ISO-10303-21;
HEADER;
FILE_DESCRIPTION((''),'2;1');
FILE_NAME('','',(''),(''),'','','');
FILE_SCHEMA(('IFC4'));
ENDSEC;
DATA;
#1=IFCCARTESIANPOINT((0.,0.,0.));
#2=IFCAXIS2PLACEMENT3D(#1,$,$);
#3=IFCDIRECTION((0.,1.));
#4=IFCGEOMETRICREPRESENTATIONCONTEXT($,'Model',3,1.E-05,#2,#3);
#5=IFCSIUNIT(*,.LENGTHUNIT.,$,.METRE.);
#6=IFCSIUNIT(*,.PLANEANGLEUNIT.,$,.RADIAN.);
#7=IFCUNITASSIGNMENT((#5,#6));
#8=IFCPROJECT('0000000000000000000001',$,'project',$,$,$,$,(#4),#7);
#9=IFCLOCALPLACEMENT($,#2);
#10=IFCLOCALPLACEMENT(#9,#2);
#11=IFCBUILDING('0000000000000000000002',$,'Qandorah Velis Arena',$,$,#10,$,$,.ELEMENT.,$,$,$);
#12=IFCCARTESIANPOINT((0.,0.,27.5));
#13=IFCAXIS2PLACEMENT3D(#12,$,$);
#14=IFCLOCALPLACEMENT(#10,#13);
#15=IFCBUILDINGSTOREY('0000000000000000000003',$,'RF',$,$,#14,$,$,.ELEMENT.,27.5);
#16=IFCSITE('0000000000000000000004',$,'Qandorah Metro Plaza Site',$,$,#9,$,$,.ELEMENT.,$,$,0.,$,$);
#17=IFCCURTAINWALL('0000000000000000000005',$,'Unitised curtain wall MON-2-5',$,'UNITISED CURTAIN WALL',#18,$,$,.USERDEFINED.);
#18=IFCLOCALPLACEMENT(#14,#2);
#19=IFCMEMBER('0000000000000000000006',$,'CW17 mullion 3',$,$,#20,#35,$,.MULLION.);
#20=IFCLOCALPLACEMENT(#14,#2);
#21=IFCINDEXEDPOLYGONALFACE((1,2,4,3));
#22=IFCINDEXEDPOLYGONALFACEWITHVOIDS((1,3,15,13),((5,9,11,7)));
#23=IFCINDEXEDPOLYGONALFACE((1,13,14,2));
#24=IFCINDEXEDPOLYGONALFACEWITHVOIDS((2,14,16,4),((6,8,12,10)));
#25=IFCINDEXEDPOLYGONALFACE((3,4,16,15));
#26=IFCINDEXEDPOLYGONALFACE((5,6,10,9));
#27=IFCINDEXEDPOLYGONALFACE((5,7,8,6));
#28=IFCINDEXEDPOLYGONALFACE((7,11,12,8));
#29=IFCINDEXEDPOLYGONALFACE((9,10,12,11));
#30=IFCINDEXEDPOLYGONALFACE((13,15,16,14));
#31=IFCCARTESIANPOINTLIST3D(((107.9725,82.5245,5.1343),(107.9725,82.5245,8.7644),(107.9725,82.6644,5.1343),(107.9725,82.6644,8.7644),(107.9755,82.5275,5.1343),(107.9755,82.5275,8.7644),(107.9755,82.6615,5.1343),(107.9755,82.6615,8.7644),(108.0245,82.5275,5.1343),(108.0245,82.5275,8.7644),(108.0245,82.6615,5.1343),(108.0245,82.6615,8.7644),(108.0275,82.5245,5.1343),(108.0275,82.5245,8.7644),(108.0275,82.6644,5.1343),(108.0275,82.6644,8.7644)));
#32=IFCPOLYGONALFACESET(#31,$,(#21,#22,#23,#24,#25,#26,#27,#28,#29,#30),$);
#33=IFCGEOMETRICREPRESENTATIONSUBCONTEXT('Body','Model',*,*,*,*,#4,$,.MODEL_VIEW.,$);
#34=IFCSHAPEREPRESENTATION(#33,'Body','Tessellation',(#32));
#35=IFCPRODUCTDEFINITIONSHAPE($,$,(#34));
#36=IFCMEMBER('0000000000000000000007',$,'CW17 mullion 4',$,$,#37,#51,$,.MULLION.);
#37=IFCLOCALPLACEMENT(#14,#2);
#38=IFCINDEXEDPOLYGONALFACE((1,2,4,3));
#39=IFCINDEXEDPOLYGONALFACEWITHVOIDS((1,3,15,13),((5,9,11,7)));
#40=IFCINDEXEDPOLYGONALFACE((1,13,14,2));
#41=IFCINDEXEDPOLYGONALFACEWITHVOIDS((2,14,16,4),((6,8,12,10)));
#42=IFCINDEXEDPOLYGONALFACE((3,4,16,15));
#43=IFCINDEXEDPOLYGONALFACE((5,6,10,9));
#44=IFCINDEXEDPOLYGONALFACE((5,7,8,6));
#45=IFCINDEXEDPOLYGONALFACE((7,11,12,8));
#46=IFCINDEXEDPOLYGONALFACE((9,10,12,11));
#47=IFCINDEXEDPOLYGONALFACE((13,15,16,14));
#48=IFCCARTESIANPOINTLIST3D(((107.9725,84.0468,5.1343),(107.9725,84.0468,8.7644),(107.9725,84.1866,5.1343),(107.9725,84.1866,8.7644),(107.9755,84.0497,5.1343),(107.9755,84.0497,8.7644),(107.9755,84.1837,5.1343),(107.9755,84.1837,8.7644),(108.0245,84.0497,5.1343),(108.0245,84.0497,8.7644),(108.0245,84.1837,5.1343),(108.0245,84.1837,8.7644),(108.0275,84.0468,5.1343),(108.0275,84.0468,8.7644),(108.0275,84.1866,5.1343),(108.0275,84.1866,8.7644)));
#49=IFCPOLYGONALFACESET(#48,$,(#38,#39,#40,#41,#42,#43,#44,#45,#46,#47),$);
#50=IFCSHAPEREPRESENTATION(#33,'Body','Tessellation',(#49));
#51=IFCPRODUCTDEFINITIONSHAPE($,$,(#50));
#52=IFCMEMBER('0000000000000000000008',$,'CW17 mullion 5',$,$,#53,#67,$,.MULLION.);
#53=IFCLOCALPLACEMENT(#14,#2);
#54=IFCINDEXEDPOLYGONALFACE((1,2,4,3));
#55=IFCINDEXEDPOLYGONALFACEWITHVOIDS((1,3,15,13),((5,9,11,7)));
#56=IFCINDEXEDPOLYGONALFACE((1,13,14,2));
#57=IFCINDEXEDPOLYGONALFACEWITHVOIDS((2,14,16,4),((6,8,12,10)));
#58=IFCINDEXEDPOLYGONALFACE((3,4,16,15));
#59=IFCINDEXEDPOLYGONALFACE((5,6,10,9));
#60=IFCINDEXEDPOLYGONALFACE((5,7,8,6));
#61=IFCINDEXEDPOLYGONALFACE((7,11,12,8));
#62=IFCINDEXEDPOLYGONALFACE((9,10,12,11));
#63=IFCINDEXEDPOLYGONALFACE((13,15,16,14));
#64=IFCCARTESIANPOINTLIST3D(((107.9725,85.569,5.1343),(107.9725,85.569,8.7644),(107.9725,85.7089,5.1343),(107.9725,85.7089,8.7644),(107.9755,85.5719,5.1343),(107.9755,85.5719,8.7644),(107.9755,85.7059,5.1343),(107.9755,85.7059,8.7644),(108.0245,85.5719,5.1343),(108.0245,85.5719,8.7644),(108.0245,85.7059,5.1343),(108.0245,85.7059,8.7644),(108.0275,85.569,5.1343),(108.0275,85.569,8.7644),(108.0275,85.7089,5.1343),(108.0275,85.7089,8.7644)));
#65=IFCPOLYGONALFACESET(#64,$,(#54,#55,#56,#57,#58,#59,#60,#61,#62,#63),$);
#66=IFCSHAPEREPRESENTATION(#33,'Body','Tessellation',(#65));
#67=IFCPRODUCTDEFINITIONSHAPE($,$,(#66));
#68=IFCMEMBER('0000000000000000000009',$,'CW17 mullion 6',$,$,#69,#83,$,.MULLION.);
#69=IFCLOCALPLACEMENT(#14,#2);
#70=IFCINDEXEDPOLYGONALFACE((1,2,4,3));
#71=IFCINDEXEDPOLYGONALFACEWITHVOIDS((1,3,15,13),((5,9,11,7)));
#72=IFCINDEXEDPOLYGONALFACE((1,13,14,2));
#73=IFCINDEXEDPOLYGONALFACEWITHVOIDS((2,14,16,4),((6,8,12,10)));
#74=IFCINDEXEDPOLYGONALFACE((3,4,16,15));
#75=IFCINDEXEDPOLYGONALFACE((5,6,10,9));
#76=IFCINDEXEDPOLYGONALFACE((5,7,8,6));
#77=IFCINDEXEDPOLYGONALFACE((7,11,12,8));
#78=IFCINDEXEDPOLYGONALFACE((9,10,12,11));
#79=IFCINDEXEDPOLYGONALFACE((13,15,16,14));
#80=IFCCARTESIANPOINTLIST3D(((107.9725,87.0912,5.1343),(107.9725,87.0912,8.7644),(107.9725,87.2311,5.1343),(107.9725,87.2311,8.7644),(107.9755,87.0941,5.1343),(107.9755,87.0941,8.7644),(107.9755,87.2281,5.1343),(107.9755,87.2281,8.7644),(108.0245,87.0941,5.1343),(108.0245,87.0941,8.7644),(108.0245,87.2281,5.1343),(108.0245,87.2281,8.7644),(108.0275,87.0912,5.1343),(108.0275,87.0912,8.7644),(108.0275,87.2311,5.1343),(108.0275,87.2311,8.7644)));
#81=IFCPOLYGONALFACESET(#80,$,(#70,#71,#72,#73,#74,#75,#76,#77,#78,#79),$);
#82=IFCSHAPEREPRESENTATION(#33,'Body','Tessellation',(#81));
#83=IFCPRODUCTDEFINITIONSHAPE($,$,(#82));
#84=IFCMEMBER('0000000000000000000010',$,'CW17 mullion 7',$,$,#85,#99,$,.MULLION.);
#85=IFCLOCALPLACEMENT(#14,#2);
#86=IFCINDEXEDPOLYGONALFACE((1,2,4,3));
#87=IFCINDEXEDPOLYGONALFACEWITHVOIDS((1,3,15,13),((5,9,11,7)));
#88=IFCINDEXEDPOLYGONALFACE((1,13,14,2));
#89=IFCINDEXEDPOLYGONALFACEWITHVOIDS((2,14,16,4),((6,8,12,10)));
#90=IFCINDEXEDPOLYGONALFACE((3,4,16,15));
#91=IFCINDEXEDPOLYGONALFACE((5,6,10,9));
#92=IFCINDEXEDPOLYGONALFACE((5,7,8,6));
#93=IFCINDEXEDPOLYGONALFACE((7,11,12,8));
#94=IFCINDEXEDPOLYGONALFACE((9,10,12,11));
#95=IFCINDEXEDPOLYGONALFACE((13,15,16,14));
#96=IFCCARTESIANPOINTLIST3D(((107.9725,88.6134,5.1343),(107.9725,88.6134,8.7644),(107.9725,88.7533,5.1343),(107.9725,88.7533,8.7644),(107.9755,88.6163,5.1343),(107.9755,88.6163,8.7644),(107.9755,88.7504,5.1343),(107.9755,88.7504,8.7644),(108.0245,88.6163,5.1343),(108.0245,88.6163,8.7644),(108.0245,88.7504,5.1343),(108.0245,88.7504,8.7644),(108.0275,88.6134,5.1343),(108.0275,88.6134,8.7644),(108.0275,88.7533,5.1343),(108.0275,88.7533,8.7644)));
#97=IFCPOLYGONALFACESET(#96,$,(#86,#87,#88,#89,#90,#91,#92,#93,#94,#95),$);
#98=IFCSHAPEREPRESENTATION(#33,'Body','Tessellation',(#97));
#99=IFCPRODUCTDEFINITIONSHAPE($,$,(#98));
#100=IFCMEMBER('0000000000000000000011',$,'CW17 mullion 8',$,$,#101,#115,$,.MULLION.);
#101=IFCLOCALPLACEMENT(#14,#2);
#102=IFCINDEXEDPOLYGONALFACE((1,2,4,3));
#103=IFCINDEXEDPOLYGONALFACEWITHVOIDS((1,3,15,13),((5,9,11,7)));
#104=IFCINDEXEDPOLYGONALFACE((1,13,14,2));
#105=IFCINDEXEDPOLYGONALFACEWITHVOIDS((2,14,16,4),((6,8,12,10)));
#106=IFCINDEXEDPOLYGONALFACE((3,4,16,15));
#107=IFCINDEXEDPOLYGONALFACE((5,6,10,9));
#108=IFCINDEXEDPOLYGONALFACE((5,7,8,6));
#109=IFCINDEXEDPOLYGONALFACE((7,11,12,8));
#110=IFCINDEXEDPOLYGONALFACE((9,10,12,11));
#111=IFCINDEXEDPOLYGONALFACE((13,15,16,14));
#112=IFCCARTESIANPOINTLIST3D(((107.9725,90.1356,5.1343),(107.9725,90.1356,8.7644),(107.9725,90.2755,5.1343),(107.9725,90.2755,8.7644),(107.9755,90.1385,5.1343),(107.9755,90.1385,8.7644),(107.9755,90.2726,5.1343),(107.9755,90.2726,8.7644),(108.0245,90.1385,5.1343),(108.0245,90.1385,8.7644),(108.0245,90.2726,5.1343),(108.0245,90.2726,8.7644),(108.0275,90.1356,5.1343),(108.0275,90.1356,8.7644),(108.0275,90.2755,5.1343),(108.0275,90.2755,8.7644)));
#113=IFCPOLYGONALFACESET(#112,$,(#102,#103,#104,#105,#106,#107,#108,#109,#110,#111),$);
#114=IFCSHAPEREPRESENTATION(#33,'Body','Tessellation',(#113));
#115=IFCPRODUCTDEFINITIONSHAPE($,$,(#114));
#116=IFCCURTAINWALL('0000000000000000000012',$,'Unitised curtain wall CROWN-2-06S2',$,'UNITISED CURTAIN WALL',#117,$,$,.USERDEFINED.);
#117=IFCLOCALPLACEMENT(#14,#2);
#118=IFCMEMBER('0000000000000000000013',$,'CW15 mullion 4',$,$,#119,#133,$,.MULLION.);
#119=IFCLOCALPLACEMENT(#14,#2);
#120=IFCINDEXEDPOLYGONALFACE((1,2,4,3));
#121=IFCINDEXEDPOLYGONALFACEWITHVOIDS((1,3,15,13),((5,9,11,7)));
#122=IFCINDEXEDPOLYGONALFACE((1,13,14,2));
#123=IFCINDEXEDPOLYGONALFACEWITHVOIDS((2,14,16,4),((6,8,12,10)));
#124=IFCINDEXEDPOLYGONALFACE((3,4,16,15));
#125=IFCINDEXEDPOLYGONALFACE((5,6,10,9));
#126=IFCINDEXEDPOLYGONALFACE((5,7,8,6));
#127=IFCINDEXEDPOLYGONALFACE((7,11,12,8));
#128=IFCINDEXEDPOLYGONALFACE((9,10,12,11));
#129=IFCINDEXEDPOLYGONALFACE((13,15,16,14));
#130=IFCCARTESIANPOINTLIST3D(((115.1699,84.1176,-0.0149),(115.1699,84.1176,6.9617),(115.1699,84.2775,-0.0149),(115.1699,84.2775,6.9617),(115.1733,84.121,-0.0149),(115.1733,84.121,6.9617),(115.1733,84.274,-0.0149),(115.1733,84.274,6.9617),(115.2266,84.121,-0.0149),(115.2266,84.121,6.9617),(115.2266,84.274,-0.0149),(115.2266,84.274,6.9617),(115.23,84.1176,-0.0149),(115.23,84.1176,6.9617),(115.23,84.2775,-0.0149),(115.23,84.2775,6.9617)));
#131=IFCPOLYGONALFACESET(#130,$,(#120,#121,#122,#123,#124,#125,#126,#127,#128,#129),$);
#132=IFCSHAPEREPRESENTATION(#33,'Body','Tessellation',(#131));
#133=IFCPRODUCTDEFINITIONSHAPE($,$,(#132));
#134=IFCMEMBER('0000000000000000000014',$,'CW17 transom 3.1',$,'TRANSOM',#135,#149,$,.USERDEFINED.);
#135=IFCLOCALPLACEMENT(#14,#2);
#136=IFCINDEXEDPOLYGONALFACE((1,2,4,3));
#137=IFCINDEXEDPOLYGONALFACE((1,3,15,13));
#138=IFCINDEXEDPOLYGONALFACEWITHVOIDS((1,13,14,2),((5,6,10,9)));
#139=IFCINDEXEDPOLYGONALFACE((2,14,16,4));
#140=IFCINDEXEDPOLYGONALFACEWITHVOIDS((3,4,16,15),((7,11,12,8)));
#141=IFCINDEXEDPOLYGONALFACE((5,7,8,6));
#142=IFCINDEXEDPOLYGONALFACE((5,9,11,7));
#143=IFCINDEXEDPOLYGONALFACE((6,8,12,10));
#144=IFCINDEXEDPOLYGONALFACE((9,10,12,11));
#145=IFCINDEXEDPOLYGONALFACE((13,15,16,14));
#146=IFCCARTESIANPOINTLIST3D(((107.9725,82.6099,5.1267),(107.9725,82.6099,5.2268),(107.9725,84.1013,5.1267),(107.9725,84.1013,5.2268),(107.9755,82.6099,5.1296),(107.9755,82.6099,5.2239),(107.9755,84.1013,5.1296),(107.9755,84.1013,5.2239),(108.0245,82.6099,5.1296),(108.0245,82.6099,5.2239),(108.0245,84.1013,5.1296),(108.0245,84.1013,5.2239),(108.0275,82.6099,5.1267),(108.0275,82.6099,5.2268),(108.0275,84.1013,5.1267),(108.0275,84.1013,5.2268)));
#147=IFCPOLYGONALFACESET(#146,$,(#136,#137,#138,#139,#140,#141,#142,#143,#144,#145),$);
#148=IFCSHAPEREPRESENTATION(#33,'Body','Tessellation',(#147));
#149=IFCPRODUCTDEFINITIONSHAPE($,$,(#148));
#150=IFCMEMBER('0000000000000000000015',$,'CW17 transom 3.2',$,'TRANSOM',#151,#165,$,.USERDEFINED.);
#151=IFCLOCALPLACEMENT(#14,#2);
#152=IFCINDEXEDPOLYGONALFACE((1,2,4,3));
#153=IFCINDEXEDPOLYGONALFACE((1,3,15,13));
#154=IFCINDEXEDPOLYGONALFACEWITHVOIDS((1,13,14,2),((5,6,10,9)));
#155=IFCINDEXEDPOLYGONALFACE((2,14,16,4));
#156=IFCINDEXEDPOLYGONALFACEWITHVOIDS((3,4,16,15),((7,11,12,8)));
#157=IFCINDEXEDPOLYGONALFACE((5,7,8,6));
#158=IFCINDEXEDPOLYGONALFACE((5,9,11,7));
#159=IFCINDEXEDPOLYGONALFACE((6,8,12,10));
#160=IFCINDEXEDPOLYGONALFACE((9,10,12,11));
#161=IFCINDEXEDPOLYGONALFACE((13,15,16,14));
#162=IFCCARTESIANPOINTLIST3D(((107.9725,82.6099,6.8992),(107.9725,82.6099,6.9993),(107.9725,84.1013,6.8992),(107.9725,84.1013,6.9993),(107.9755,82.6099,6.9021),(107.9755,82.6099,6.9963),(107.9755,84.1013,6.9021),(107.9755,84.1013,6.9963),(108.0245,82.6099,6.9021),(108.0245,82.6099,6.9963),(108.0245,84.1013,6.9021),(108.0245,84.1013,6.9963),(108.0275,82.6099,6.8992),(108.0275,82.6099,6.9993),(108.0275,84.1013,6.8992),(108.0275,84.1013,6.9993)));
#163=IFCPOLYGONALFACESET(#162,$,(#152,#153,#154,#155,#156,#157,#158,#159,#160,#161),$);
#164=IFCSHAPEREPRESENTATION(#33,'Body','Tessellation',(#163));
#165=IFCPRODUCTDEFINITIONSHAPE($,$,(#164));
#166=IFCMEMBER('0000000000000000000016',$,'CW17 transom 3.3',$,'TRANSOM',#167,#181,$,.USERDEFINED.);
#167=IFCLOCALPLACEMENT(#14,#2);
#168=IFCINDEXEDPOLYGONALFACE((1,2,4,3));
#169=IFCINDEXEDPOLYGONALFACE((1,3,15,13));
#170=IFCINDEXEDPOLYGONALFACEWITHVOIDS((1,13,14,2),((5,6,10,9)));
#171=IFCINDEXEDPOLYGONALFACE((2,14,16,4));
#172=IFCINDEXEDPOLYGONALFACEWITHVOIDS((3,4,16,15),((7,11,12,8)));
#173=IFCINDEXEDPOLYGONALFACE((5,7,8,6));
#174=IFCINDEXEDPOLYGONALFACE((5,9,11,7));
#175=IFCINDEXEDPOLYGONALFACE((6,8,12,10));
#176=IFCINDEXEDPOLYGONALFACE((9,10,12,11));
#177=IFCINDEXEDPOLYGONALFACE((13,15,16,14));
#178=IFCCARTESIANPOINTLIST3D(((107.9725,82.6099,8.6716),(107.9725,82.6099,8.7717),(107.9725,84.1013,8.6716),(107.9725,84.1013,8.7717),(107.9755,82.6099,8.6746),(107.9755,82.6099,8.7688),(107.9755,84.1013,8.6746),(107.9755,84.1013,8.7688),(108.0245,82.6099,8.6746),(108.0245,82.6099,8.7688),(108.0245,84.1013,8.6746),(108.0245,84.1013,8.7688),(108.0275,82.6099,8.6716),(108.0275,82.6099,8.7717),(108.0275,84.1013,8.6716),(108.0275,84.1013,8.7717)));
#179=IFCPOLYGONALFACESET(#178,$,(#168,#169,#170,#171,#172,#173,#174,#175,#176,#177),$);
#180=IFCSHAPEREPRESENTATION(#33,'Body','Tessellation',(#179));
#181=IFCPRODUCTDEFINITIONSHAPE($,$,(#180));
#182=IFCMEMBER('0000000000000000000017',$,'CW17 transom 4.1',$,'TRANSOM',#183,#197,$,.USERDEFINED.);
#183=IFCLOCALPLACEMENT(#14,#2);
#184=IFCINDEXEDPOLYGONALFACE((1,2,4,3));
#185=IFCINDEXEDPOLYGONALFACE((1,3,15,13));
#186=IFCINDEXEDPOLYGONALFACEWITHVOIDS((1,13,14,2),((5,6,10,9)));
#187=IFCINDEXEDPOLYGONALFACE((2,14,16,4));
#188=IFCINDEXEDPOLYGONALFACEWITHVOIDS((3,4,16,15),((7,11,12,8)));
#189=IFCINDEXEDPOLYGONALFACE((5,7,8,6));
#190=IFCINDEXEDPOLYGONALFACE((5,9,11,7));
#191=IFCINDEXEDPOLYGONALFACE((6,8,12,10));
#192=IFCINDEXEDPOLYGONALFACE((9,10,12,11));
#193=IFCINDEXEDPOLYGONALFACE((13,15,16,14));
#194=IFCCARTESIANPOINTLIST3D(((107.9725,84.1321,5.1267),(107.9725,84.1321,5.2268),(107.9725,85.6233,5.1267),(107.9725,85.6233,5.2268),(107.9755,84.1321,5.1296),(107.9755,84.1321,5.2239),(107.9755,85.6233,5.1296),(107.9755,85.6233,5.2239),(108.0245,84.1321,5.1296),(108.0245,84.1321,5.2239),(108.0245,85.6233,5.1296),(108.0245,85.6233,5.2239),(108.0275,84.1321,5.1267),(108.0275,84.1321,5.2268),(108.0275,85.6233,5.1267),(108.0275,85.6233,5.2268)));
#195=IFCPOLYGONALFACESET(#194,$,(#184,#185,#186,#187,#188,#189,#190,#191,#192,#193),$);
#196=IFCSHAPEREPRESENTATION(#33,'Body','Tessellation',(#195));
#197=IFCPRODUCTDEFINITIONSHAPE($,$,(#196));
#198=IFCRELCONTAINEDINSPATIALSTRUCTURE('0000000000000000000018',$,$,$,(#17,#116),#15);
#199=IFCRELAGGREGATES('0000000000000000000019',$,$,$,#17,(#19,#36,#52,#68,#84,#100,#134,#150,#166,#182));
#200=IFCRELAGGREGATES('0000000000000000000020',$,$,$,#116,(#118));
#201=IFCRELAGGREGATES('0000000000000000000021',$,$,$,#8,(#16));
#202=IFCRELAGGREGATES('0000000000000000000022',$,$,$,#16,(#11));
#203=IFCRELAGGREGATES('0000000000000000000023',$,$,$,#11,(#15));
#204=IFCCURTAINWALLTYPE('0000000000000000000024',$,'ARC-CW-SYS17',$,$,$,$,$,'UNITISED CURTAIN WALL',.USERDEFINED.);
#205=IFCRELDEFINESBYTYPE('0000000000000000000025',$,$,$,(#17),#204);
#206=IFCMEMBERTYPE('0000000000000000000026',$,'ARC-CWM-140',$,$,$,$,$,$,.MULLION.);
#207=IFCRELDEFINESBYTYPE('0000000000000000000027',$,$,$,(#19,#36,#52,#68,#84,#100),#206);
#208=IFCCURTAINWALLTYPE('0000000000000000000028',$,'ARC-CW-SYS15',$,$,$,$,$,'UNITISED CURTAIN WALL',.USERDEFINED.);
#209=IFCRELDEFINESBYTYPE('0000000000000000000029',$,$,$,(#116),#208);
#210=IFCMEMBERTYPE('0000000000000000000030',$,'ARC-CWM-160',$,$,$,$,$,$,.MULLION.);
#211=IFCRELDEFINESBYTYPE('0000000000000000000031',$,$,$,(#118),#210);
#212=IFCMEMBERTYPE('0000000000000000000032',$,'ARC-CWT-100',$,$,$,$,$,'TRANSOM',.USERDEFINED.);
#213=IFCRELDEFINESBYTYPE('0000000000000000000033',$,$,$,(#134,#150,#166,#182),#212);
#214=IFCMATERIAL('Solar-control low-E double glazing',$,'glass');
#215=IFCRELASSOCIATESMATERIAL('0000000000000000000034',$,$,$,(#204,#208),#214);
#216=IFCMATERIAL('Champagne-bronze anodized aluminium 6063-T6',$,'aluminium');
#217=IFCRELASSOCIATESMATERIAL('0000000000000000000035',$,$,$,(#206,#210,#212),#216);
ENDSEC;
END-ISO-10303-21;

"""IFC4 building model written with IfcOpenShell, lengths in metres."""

from ifc_helpers import new_model, si_unit, direction, frame, origin, origin_2d, place, context, subcontext, project, spatial, hollow_rectangle, extrude, material, material_profile, profile_set, type_object, element, aggregate, save


model = new_model("IFC4")

# Units and contexts
model_context = context("Model", 3, precision=1e-05, world=origin(), true_north=direction((0.0, 1.0)))
body_context = subcontext(model_context, "Body", "Model", "MODEL_VIEW")
ifc_project = project(units=[si_unit("LENGTHUNIT", "METRE"), si_unit("PLANEANGLEUNIT", "RADIAN")], contexts=[model_context])

# Site, building, storey
site_placement = place(None, origin())
site = spatial("IfcSite", under=ifc_project, at=site_placement, Name="Qandorah Metro Plaza Site", CompositionType="ELEMENT", RefElevation=0.0)
building_placement = place(site_placement, origin())
building = spatial("IfcBuilding", under=site, at=building_placement, Name="Qandorah Velis Arena", CompositionType="ELEMENT")
storey_placement = place(building_placement, frame((0.0, 0.0, 27.5)))
storey = spatial("IfcBuildingStorey", under=building, at=storey_placement, Name="RF", CompositionType="ELEMENT", Elevation=27.5)

# Curtain wall, members
ifc_material_1 = material(Name="Solar-control low-E double glazing", Category="glass")
curtain_wall_type_1 = type_object("IfcCurtainWallType", Name="ARC-CW-SYS17", ElementType="UNITISED CURTAIN WALL", PredefinedType="USERDEFINED", material=ifc_material_1)
curtain_wall_1_placement = place(storey_placement, origin())
curtain_wall_1 = element("IfcCurtainWall", 1, at=curtain_wall_1_placement, inside=storey, type_object=curtain_wall_type_1, Name="Unitised curtain wall MON-2-5", ObjectType="UNITISED CURTAIN WALL", PredefinedType="USERDEFINED")
ifc_material_2 = material(Name="Champagne-bronze anodized aluminium 6063-T6", Category="aluminium")
ifc_material_profile_1 = material_profile(ifc_material_2, hollow_rectangle(XDim=0.0549, YDim=0.1399, WallThickness=0.0029, at=origin_2d()), Name="ALU MULLION 55x140")
ifc_profile_set_1 = profile_set([ifc_material_profile_1], Name="Champagne-bronze anodized aluminium 6063-T6")
member_type_1 = type_object("IfcMemberType", Name="ARC-CWM-140", PredefinedType="MULLION", material=ifc_profile_set_1)
member_1_placement = place(storey_placement, frame((108.0, 82.5945, 5.1343), z_axis=(0.0, 0.0, 1.0), x_axis=(-1.0, 0.0, 0.0)))
member_1 = element("IfcMember", 2, at=member_1_placement, type_object=member_type_1, Name="CW17 mullion 3", PredefinedType="MULLION", context=body_context, shape_type="SweptSolid", body=[
    extrude(hollow_rectangle(XDim=0.0549, YDim=0.1399, WallThickness=0.0029, at=origin_2d()), origin(), (0.0, 0.0, 1.0), 3.6301),
])
member_2_placement = place(storey_placement, frame((108.0, 84.1167, 5.1343), z_axis=(0.0, 0.0, 1.0), x_axis=(-1.0, 0.0, 0.0)))
member_2 = element("IfcMember", 3, at=member_2_placement, type_object=member_type_1, Name="CW17 mullion 4", PredefinedType="MULLION", context=body_context, shape_type="SweptSolid", body=[
    extrude(hollow_rectangle(XDim=0.0549, YDim=0.1399, WallThickness=0.0029, at=origin_2d()), origin(), (0.0, 0.0, 1.0), 3.6301),
])
member_3_placement = place(storey_placement, frame((108.0, 85.6389, 5.1343), z_axis=(0.0, 0.0, 1.0), x_axis=(-1.0, 0.0, 0.0)))
member_3 = element("IfcMember", 4, at=member_3_placement, type_object=member_type_1, Name="CW17 mullion 5", PredefinedType="MULLION", context=body_context, shape_type="SweptSolid", body=[
    extrude(hollow_rectangle(XDim=0.0549, YDim=0.1399, WallThickness=0.0029, at=origin_2d()), origin(), (0.0, 0.0, 1.0), 3.6301),
])
member_4_placement = place(storey_placement, frame((108.0, 87.1611, 5.1343), z_axis=(0.0, 0.0, 1.0), x_axis=(-1.0, 0.0, 0.0)))
member_4 = element("IfcMember", 5, at=member_4_placement, type_object=member_type_1, Name="CW17 mullion 6", PredefinedType="MULLION", context=body_context, shape_type="SweptSolid", body=[
    extrude(hollow_rectangle(XDim=0.0549, YDim=0.1399, WallThickness=0.0029, at=origin_2d()), origin(), (0.0, 0.0, 1.0), 3.6301),
])
member_5_placement = place(storey_placement, frame((108.0, 88.6833, 5.1343), z_axis=(0.0, 0.0, 1.0), x_axis=(-1.0, 0.0, 0.0)))
member_5 = element("IfcMember", 6, at=member_5_placement, type_object=member_type_1, Name="CW17 mullion 7", PredefinedType="MULLION", context=body_context, shape_type="SweptSolid", body=[
    extrude(hollow_rectangle(XDim=0.0549, YDim=0.1399, WallThickness=0.0029, at=origin_2d()), origin(), (0.0, 0.0, 1.0), 3.6301),
])
member_6_placement = place(storey_placement, frame((108.0, 90.2056, 5.1343), z_axis=(0.0, 0.0, 1.0), x_axis=(-1.0, 0.0, 0.0)))
member_6 = element("IfcMember", 7, at=member_6_placement, type_object=member_type_1, Name="CW17 mullion 8", PredefinedType="MULLION", context=body_context, shape_type="SweptSolid", body=[
    extrude(hollow_rectangle(XDim=0.0549, YDim=0.1399, WallThickness=0.0029, at=origin_2d()), origin(), (0.0, 0.0, 1.0), 3.6301),
])

# Curtain wall, member
curtain_wall_type_2 = type_object("IfcCurtainWallType", Name="ARC-CW-SYS15", ElementType="UNITISED CURTAIN WALL", PredefinedType="USERDEFINED", material=ifc_material_1)
curtain_wall_2_placement = place(storey_placement, origin())
curtain_wall_2 = element("IfcCurtainWall", 8, at=curtain_wall_2_placement, inside=storey, type_object=curtain_wall_type_2, Name="Unitised curtain wall CROWN-2-06S2", ObjectType="UNITISED CURTAIN WALL", PredefinedType="USERDEFINED")
ifc_material_profile_2 = material_profile(ifc_material_2, hollow_rectangle(XDim=0.0601, YDim=0.1599, WallThickness=0.0034, at=origin_2d()), Name="ALU MULLION 60x160")
ifc_profile_set_2 = profile_set([ifc_material_profile_2], Name="Champagne-bronze anodized aluminium 6063-T6")
member_type_2 = type_object("IfcMemberType", Name="ARC-CWM-160", PredefinedType="MULLION", material=ifc_profile_set_2)
member_7_placement = place(storey_placement, frame((115.2, 84.1975, -0.0149), z_axis=(0.0, 0.0, 1.0), x_axis=(-1.0, 0.0, 0.0)))
member_7 = element("IfcMember", 9, at=member_7_placement, type_object=member_type_2, Name="CW15 mullion 4", PredefinedType="MULLION", context=body_context, shape_type="SweptSolid", body=[
    extrude(hollow_rectangle(XDim=0.0601, YDim=0.1599, WallThickness=0.0034, at=origin_2d()), origin(), (0.0, 0.0, 1.0), 6.9766),
])

# Members
ifc_material_profile_3 = material_profile(ifc_material_2, hollow_rectangle(XDim=0.0549, YDim=0.1001, WallThickness=0.0029, at=origin_2d()), Name="ALU TRANSOM 55x100")
ifc_profile_set_3 = profile_set([ifc_material_profile_3], Name="Champagne-bronze anodized aluminium 6063-T6")
member_type_3 = type_object("IfcMemberType", Name="ARC-CWT-100", ElementType="TRANSOM", PredefinedType="USERDEFINED", material=ifc_profile_set_3)
member_8_placement = place(storey_placement, frame((108.0, 82.6099, 5.1768), z_axis=(0.0, 1.0, 0.0), x_axis=(-1.0, 0.0, 0.0)))
member_8 = element("IfcMember", 10, at=member_8_placement, type_object=member_type_3, Name="CW17 transom 3.1", ObjectType="TRANSOM", PredefinedType="USERDEFINED", context=body_context, shape_type="SweptSolid", body=[
    extrude(hollow_rectangle(XDim=0.0549, YDim=0.1001, WallThickness=0.0029, at=origin_2d()), origin(), (0.0, 0.0, 1.0), 1.4915),
])
member_9_placement = place(storey_placement, frame((108.0, 82.6099, 6.9492), z_axis=(0.0, 1.0, 0.0), x_axis=(-1.0, 0.0, 0.0)))
member_9 = element("IfcMember", 11, at=member_9_placement, type_object=member_type_3, Name="CW17 transom 3.2", ObjectType="TRANSOM", PredefinedType="USERDEFINED", context=body_context, shape_type="SweptSolid", body=[
    extrude(hollow_rectangle(XDim=0.0549, YDim=0.1001, WallThickness=0.0029, at=origin_2d()), origin(), (0.0, 0.0, 1.0), 1.4915),
])
member_10_placement = place(storey_placement, frame((108.0, 82.6099, 8.7217), z_axis=(0.0, 1.0, 0.0), x_axis=(-1.0, 0.0, 0.0)))
member_10 = element("IfcMember", 12, at=member_10_placement, type_object=member_type_3, Name="CW17 transom 3.3", ObjectType="TRANSOM", PredefinedType="USERDEFINED", context=body_context, shape_type="SweptSolid", body=[
    extrude(hollow_rectangle(XDim=0.0549, YDim=0.1001, WallThickness=0.0029, at=origin_2d()), origin(), (0.0, 0.0, 1.0), 1.4915),
])
member_11_placement = place(storey_placement, frame((108.0, 84.1321, 5.1768), z_axis=(0.0, 1.0, 0.0), x_axis=(-1.0, 0.0, 0.0)))
member_11 = element("IfcMember", 13, at=member_11_placement, type_object=member_type_3, Name="CW17 transom 4.1", ObjectType="TRANSOM", PredefinedType="USERDEFINED", context=body_context, shape_type="SweptSolid", body=[
    extrude(hollow_rectangle(XDim=0.0549, YDim=0.1001, WallThickness=0.0029, at=origin_2d()), origin(), (0.0, 0.0, 1.0), 1.4912),
])

aggregate(curtain_wall_1, [member_1, member_2, member_3, member_4, member_5, member_6, member_8, member_9, member_10, member_11])
aggregate(curtain_wall_2, [member_7])

save(model, "model.ifc")
